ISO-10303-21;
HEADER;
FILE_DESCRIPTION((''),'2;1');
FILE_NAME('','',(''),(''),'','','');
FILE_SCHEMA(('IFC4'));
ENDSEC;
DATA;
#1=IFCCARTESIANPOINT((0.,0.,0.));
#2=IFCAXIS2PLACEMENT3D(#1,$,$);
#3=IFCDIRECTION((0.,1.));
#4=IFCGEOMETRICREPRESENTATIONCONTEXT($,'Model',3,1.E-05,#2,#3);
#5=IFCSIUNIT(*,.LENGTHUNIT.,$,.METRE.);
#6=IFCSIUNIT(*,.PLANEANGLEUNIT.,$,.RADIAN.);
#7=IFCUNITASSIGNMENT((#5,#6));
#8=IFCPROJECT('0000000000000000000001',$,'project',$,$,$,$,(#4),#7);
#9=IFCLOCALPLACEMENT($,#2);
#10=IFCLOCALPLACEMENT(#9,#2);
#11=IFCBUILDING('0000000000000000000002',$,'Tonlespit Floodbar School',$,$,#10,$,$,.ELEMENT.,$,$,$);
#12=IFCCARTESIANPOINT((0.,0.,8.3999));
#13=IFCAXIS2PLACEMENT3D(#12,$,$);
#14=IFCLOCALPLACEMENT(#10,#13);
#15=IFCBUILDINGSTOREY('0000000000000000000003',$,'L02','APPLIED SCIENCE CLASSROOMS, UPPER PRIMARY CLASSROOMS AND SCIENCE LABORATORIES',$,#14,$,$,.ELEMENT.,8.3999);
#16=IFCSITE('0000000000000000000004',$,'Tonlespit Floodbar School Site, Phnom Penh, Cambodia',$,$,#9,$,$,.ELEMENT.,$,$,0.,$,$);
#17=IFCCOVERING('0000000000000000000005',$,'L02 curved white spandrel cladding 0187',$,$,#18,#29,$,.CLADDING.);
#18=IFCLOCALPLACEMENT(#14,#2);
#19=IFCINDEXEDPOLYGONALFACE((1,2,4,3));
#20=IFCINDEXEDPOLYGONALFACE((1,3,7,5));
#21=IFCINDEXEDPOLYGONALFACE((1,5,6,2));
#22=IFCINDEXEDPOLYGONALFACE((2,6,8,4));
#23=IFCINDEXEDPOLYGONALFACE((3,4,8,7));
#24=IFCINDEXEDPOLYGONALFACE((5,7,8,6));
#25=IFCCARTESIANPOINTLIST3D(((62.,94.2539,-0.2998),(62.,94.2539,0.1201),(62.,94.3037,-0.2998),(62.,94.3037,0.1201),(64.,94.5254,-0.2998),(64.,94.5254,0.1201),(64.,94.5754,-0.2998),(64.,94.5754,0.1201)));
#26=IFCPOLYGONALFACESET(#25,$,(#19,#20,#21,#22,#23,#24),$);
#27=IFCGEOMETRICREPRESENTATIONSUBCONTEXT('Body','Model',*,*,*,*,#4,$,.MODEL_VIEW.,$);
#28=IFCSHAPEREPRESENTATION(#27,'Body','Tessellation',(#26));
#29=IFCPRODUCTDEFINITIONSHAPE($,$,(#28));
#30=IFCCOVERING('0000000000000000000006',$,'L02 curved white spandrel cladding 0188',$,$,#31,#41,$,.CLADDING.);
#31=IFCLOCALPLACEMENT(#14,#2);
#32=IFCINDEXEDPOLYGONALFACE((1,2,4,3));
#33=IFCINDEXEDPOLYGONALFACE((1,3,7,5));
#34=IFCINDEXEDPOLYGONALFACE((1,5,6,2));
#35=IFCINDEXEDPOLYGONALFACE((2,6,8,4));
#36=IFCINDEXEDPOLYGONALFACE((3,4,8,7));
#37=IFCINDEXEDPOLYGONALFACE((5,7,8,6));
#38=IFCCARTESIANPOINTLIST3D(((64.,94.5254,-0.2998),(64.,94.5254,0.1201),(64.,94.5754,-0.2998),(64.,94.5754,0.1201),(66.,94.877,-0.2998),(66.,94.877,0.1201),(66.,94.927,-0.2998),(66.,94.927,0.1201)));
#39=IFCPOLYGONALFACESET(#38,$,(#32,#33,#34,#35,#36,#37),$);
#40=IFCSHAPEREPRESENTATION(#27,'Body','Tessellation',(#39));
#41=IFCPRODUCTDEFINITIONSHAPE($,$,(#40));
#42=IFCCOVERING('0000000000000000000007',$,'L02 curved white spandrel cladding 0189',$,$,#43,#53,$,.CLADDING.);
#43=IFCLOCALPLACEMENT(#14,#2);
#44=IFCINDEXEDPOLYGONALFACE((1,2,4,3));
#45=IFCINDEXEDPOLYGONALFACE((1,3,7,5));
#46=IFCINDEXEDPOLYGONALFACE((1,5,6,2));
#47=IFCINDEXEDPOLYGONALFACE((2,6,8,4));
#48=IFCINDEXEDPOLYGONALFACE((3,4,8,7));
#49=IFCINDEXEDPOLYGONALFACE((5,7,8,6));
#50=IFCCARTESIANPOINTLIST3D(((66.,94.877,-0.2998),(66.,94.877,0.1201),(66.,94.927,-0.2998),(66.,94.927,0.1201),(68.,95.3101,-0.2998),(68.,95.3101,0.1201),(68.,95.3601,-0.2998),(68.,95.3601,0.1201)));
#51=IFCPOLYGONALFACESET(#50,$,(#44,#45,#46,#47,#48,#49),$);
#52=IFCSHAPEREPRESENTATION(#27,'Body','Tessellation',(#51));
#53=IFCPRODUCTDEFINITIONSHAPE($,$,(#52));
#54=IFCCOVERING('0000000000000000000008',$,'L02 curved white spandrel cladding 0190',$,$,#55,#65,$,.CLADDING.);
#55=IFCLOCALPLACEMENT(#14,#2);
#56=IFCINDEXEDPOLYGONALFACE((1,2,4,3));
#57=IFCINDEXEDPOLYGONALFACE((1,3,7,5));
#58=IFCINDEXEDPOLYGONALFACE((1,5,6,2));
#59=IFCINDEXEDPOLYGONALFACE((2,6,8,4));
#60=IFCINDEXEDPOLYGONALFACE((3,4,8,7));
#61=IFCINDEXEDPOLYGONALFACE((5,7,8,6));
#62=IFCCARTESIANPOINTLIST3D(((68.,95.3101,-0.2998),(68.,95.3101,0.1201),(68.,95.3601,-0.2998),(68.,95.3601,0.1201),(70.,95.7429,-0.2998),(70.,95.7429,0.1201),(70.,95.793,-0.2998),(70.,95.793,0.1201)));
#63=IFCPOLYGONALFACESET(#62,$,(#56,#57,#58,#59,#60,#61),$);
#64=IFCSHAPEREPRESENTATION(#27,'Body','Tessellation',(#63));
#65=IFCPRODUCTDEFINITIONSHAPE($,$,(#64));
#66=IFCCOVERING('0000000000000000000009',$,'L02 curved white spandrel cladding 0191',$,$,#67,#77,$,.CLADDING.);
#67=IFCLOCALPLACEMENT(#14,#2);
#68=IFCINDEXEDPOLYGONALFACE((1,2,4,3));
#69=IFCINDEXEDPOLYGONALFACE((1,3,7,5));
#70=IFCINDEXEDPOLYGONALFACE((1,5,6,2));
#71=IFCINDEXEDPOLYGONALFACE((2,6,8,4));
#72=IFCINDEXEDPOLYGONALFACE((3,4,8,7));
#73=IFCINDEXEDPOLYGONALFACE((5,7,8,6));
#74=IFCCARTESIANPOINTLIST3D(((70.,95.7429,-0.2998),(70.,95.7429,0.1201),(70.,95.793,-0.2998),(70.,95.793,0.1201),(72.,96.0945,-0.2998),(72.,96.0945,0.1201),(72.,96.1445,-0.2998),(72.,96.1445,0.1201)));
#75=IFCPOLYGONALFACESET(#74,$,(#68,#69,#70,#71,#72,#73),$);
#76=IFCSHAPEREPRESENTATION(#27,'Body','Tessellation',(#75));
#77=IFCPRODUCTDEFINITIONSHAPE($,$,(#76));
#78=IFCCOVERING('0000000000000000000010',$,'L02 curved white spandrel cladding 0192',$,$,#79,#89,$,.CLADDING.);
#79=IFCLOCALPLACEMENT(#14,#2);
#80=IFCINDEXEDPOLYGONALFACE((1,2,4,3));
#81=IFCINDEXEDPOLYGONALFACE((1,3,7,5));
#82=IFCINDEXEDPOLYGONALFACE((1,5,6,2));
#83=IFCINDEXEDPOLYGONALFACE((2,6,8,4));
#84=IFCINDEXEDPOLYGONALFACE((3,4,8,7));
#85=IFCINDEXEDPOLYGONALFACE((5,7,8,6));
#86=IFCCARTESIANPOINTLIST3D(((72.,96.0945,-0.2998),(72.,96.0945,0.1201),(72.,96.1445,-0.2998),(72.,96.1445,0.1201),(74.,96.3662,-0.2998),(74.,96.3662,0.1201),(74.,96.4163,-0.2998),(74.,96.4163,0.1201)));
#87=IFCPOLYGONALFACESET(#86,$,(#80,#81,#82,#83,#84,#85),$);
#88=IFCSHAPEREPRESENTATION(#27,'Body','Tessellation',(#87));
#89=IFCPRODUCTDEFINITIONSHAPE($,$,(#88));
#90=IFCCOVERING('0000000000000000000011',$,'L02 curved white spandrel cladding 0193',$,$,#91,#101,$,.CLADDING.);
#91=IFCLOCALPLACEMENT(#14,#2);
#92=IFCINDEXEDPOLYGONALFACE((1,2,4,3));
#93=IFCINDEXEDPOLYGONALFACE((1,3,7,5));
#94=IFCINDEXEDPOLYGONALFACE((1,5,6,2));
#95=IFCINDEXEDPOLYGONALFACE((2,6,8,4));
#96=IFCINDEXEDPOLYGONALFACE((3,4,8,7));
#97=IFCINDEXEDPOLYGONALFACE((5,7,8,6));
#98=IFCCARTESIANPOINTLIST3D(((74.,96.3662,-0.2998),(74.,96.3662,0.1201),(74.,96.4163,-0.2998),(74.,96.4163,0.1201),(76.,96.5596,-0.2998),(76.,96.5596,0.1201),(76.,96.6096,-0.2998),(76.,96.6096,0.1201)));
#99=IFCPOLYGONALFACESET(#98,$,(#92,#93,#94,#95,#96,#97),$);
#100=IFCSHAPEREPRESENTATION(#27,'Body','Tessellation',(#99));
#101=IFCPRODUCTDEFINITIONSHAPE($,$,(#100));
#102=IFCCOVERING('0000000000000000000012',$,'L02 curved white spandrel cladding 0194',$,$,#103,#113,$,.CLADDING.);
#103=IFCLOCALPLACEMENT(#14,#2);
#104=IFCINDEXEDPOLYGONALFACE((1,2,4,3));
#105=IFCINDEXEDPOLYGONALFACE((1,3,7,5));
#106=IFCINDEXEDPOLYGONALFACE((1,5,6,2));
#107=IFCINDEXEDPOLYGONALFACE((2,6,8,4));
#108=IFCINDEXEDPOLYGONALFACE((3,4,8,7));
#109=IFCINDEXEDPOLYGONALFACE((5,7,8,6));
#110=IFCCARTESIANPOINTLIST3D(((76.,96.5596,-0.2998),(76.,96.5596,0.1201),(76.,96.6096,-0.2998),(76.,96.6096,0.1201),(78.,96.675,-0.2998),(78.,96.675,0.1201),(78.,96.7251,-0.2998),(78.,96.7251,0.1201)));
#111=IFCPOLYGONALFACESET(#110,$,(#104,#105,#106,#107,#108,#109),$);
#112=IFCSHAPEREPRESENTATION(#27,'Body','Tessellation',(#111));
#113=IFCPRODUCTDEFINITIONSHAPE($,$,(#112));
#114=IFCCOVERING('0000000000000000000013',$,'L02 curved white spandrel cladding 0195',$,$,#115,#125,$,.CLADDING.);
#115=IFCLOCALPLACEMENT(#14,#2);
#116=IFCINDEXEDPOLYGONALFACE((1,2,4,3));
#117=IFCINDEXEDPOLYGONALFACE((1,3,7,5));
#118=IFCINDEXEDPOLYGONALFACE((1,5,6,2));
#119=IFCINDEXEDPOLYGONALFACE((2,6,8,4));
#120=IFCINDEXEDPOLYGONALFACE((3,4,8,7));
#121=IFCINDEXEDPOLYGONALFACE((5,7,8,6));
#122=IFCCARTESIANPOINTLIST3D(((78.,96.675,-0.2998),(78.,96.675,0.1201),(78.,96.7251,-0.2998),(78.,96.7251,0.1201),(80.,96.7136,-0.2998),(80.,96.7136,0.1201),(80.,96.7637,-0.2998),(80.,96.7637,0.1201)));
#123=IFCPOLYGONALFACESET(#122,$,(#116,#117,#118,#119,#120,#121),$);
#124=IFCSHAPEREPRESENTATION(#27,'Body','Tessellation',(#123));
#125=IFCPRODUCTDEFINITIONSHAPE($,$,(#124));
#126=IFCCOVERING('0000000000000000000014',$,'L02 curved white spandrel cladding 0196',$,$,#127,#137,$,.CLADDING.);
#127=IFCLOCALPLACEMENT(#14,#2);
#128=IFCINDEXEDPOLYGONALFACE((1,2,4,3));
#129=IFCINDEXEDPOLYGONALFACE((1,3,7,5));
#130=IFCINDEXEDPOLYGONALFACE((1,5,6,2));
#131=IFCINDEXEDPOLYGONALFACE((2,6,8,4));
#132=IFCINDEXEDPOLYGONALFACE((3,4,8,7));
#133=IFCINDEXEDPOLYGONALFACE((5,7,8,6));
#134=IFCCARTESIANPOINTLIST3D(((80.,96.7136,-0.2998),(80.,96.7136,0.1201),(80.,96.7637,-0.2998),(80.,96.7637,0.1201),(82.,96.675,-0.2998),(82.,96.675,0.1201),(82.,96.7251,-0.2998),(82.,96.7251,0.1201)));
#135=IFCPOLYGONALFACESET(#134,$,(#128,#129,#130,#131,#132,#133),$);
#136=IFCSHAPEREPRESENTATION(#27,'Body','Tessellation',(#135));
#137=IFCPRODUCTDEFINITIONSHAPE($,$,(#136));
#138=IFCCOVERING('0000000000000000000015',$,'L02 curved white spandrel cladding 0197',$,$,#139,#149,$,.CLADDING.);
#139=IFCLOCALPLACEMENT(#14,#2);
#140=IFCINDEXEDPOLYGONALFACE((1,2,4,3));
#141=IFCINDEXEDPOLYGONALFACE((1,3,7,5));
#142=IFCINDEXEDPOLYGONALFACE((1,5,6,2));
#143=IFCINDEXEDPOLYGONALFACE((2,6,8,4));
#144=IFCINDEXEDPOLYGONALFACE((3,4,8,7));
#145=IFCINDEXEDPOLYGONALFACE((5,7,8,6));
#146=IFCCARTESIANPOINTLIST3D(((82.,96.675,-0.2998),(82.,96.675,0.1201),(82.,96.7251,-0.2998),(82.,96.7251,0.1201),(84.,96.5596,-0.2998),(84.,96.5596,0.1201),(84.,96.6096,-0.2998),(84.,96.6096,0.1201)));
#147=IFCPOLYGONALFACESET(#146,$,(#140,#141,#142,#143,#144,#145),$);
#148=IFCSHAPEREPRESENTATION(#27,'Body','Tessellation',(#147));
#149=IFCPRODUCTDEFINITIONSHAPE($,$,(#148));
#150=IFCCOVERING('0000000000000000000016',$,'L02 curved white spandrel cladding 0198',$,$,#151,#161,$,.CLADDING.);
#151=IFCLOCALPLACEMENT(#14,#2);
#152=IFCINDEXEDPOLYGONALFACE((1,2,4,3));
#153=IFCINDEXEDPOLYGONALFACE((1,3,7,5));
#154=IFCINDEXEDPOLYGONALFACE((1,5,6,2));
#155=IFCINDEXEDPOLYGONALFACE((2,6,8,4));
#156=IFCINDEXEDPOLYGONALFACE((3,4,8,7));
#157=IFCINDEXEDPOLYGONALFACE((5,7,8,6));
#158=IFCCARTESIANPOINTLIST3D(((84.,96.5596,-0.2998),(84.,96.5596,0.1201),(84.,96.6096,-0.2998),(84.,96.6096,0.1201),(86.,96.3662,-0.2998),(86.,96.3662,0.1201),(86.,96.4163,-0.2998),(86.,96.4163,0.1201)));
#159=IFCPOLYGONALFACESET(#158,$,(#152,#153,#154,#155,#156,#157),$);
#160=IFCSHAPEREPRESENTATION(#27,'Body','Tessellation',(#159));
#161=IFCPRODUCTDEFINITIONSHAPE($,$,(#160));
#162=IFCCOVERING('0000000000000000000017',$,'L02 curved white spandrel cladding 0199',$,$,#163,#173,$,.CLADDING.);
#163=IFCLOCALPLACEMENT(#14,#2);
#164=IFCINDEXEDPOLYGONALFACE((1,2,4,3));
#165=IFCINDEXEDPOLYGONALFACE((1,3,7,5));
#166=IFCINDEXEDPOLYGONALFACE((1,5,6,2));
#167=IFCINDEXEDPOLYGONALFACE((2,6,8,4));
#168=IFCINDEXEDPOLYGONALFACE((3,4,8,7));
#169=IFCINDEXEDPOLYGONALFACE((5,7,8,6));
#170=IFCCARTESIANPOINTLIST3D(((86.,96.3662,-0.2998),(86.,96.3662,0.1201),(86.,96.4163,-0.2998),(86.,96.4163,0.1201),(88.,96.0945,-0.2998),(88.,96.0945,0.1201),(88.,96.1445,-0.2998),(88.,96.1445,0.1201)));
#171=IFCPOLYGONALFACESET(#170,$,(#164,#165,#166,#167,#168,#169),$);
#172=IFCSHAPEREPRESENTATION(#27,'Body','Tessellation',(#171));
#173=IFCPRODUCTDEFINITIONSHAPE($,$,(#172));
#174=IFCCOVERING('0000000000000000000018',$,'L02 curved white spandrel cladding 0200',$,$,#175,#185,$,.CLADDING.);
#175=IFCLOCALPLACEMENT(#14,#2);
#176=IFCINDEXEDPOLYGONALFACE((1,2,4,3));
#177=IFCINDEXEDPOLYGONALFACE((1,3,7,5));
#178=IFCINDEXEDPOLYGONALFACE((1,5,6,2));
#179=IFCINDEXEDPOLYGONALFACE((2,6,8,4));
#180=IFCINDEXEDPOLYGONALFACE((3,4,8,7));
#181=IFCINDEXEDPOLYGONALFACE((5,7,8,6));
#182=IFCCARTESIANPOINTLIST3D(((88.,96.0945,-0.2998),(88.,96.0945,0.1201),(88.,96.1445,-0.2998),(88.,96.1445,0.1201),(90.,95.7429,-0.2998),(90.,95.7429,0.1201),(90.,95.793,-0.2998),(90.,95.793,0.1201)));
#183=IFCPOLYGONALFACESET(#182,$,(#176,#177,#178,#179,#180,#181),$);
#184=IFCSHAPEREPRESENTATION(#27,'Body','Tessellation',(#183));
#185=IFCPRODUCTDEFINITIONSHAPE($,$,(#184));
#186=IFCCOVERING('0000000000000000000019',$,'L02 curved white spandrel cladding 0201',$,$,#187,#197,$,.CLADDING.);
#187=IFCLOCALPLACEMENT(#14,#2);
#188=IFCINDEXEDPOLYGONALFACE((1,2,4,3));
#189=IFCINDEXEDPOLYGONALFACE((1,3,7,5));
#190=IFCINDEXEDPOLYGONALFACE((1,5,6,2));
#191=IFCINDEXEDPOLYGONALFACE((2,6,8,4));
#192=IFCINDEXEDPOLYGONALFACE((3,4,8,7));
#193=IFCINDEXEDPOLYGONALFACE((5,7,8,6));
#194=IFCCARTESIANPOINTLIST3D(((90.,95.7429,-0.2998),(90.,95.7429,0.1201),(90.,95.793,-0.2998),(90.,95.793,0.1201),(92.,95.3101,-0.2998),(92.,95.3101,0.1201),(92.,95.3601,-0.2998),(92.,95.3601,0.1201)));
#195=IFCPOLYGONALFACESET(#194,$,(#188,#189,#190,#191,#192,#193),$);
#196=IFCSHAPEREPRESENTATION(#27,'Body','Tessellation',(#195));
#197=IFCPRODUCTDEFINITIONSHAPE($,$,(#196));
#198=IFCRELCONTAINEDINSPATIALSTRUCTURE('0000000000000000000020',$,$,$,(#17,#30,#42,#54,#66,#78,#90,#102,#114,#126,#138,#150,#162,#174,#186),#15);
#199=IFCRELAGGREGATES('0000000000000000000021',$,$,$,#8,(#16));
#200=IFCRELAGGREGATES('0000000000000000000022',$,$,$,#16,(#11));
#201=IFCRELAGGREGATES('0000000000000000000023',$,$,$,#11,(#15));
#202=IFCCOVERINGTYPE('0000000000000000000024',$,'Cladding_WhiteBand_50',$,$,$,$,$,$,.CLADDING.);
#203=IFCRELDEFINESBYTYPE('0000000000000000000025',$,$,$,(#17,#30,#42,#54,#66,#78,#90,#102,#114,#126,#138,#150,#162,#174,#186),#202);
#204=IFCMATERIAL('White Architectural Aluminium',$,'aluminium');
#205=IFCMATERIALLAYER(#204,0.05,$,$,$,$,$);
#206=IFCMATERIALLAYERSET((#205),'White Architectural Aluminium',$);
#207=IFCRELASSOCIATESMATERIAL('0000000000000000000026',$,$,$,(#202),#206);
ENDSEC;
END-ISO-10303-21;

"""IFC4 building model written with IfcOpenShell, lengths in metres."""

from ifc_helpers import new_model, si_unit, direction, frame, origin, place, context, subcontext, project, spatial, polyline, outline, extrude, material, layer, layer_set, type_object, element, save


model = new_model("IFC4")

# Units and contexts
model_context = context("Model", 3, precision=1e-05, world=origin(), true_north=direction((0.0, 1.0)))
body_context = subcontext(model_context, "Body", "Model", "MODEL_VIEW")
ifc_project = project(units=[si_unit("LENGTHUNIT", "METRE"), si_unit("PLANEANGLEUNIT", "RADIAN")], contexts=[model_context])

# Site, building, storey
site_placement = place(None, origin())
site = spatial("IfcSite", under=ifc_project, at=site_placement, Name="Tonlespit Floodbar School Site, Phnom Penh, Cambodia", CompositionType="ELEMENT", RefElevation=0.0)
building_placement = place(site_placement, origin())
building = spatial("IfcBuilding", under=site, at=building_placement, Name="Tonlespit Floodbar School", CompositionType="ELEMENT")
storey_placement = place(building_placement, frame((0.0, 0.0, 8.3999)))
storey = spatial("IfcBuildingStorey", under=building, at=storey_placement, Name="L02", Description="APPLIED SCIENCE CLASSROOMS, UPPER PRIMARY CLASSROOMS AND SCIENCE LABORATORIES", CompositionType="ELEMENT", Elevation=8.3999)

# Coverings
ifc_material_1 = material(Name="White Architectural Aluminium", Category="aluminium")
ifc_layer_1 = layer(ifc_material_1, 0.05)
ifc_layer_set_1 = layer_set([ifc_layer_1], Name="White Architectural Aluminium")
covering_type = type_object("IfcCoveringType", Name="Cladding_WhiteBand_50", PredefinedType="CLADDING", material=ifc_layer_set_1)
covering_1_placement = place(storey_placement, frame((0.0, 0.0, -0.2998)))
element("IfcCovering", 1, at=covering_1_placement, inside=storey, type_object=covering_type, Name="L02 curved white spandrel cladding 0187", PredefinedType="CLADDING", context=body_context, shape_type="SweptSolid", body=[
    extrude(outline(polyline([(62.0, 94.3037), (64.0, 94.5754), (64.0, 94.5254), (62.0, 94.2539), (62.0, 94.3037)])), origin(), (0.0, 0.0, 1.0), 0.4199),
])
covering_2_placement = place(storey_placement, frame((0.0, 0.0, -0.2998)))
element("IfcCovering", 2, at=covering_2_placement, inside=storey, type_object=covering_type, Name="L02 curved white spandrel cladding 0188", PredefinedType="CLADDING", context=body_context, shape_type="SweptSolid", body=[
    extrude(outline(polyline([(64.0, 94.5754), (66.0, 94.927), (66.0, 94.877), (64.0, 94.5254), (64.0, 94.5754)])), origin(), (0.0, 0.0, 1.0), 0.4199),
])
covering_3_placement = place(storey_placement, frame((0.0, 0.0, -0.2998)))
element("IfcCovering", 3, at=covering_3_placement, inside=storey, type_object=covering_type, Name="L02 curved white spandrel cladding 0189", PredefinedType="CLADDING", context=body_context, shape_type="SweptSolid", body=[
    extrude(outline(polyline([(66.0, 94.927), (68.0, 95.3601), (68.0, 95.3101), (66.0, 94.877), (66.0, 94.927)])), origin(), (0.0, 0.0, 1.0), 0.4199),
])
covering_4_placement = place(storey_placement, frame((0.0, 0.0, -0.2998)))
element("IfcCovering", 4, at=covering_4_placement, inside=storey, type_object=covering_type, Name="L02 curved white spandrel cladding 0190", PredefinedType="CLADDING", context=body_context, shape_type="SweptSolid", body=[
    extrude(outline(polyline([(68.0, 95.3601), (70.0, 95.793), (70.0, 95.7429), (68.0, 95.3101), (68.0, 95.3601)])), origin(), (0.0, 0.0, 1.0), 0.4199),
])
covering_5_placement = place(storey_placement, frame((0.0, 0.0, -0.2998)))
element("IfcCovering", 5, at=covering_5_placement, inside=storey, type_object=covering_type, Name="L02 curved white spandrel cladding 0191", PredefinedType="CLADDING", context=body_context, shape_type="SweptSolid", body=[
    extrude(outline(polyline([(70.0, 95.793), (72.0, 96.1445), (72.0, 96.0945), (70.0, 95.7429), (70.0, 95.793)])), origin(), (0.0, 0.0, 1.0), 0.4199),
])
covering_6_placement = place(storey_placement, frame((0.0, 0.0, -0.2998)))
element("IfcCovering", 6, at=covering_6_placement, inside=storey, type_object=covering_type, Name="L02 curved white spandrel cladding 0192", PredefinedType="CLADDING", context=body_context, shape_type="SweptSolid", body=[
    extrude(outline(polyline([(72.0, 96.1445), (74.0, 96.4163), (74.0, 96.3662), (72.0, 96.0945), (72.0, 96.1445)])), origin(), (0.0, 0.0, 1.0), 0.4199),
])
covering_7_placement = place(storey_placement, frame((0.0, 0.0, -0.2998)))
element("IfcCovering", 7, at=covering_7_placement, inside=storey, type_object=covering_type, Name="L02 curved white spandrel cladding 0193", PredefinedType="CLADDING", context=body_context, shape_type="SweptSolid", body=[
    extrude(outline(polyline([(74.0, 96.4163), (76.0, 96.6096), (76.0, 96.5596), (74.0, 96.3662), (74.0, 96.4163)])), origin(), (0.0, 0.0, 1.0), 0.4199),
])
covering_8_placement = place(storey_placement, frame((0.0, 0.0, -0.2998)))
element("IfcCovering", 8, at=covering_8_placement, inside=storey, type_object=covering_type, Name="L02 curved white spandrel cladding 0194", PredefinedType="CLADDING", context=body_context, shape_type="SweptSolid", body=[
    extrude(outline(polyline([(76.0, 96.6096), (78.0, 96.7251), (78.0, 96.675), (76.0, 96.5596), (76.0, 96.6096)])), origin(), (0.0, 0.0, 1.0), 0.4199),
])
covering_9_placement = place(storey_placement, frame((0.0, 0.0, -0.2998)))
element("IfcCovering", 9, at=covering_9_placement, inside=storey, type_object=covering_type, Name="L02 curved white spandrel cladding 0195", PredefinedType="CLADDING", context=body_context, shape_type="SweptSolid", body=[
    extrude(outline(polyline([(78.0, 96.7251), (80.0, 96.7637), (80.0, 96.7136), (78.0, 96.675), (78.0, 96.7251)])), origin(), (0.0, 0.0, 1.0), 0.4199),
])
covering_10_placement = place(storey_placement, frame((0.0, 0.0, -0.2998)))
element("IfcCovering", 10, at=covering_10_placement, inside=storey, type_object=covering_type, Name="L02 curved white spandrel cladding 0196", PredefinedType="CLADDING", context=body_context, shape_type="SweptSolid", body=[
    extrude(outline(polyline([(80.0, 96.7637), (82.0, 96.7251), (82.0, 96.675), (80.0, 96.7136), (80.0, 96.7637)])), origin(), (0.0, 0.0, 1.0), 0.4199),
])
covering_11_placement = place(storey_placement, frame((0.0, 0.0, -0.2998)))
element("IfcCovering", 11, at=covering_11_placement, inside=storey, type_object=covering_type, Name="L02 curved white spandrel cladding 0197", PredefinedType="CLADDING", context=body_context, shape_type="SweptSolid", body=[
    extrude(outline(polyline([(82.0, 96.7251), (84.0, 96.6096), (84.0, 96.5596), (82.0, 96.675), (82.0, 96.7251)])), origin(), (0.0, 0.0, 1.0), 0.4199),
])
covering_12_placement = place(storey_placement, frame((0.0, 0.0, -0.2998)))
element("IfcCovering", 12, at=covering_12_placement, inside=storey, type_object=covering_type, Name="L02 curved white spandrel cladding 0198", PredefinedType="CLADDING", context=body_context, shape_type="SweptSolid", body=[
    extrude(outline(polyline([(84.0, 96.6096), (86.0, 96.4163), (86.0, 96.3662), (84.0, 96.5596), (84.0, 96.6096)])), origin(), (0.0, 0.0, 1.0), 0.4199),
])
covering_13_placement = place(storey_placement, frame((0.0, 0.0, -0.2998)))
element("IfcCovering", 13, at=covering_13_placement, inside=storey, type_object=covering_type, Name="L02 curved white spandrel cladding 0199", PredefinedType="CLADDING", context=body_context, shape_type="SweptSolid", body=[
    extrude(outline(polyline([(86.0, 96.4163), (88.0, 96.1445), (88.0, 96.0945), (86.0, 96.3662), (86.0, 96.4163)])), origin(), (0.0, 0.0, 1.0), 0.4199),
])
covering_14_placement = place(storey_placement, frame((0.0, 0.0, -0.2998)))
element("IfcCovering", 14, at=covering_14_placement, inside=storey, type_object=covering_type, Name="L02 curved white spandrel cladding 0200", PredefinedType="CLADDING", context=body_context, shape_type="SweptSolid", body=[
    extrude(outline(polyline([(88.0, 96.1445), (90.0, 95.793), (90.0, 95.7429), (88.0, 96.0945), (88.0, 96.1445)])), origin(), (0.0, 0.0, 1.0), 0.4199),
])
covering_15_placement = place(storey_placement, frame((0.0, 0.0, -0.2998)))
element("IfcCovering", 15, at=covering_15_placement, inside=storey, type_object=covering_type, Name="L02 curved white spandrel cladding 0201", PredefinedType="CLADDING", context=body_context, shape_type="SweptSolid", body=[
    extrude(outline(polyline([(90.0, 95.793), (92.0, 95.3601), (92.0, 95.3101), (90.0, 95.7429), (90.0, 95.793)])), origin(), (0.0, 0.0, 1.0), 0.4199),
])

save(model, "model.ifc")
